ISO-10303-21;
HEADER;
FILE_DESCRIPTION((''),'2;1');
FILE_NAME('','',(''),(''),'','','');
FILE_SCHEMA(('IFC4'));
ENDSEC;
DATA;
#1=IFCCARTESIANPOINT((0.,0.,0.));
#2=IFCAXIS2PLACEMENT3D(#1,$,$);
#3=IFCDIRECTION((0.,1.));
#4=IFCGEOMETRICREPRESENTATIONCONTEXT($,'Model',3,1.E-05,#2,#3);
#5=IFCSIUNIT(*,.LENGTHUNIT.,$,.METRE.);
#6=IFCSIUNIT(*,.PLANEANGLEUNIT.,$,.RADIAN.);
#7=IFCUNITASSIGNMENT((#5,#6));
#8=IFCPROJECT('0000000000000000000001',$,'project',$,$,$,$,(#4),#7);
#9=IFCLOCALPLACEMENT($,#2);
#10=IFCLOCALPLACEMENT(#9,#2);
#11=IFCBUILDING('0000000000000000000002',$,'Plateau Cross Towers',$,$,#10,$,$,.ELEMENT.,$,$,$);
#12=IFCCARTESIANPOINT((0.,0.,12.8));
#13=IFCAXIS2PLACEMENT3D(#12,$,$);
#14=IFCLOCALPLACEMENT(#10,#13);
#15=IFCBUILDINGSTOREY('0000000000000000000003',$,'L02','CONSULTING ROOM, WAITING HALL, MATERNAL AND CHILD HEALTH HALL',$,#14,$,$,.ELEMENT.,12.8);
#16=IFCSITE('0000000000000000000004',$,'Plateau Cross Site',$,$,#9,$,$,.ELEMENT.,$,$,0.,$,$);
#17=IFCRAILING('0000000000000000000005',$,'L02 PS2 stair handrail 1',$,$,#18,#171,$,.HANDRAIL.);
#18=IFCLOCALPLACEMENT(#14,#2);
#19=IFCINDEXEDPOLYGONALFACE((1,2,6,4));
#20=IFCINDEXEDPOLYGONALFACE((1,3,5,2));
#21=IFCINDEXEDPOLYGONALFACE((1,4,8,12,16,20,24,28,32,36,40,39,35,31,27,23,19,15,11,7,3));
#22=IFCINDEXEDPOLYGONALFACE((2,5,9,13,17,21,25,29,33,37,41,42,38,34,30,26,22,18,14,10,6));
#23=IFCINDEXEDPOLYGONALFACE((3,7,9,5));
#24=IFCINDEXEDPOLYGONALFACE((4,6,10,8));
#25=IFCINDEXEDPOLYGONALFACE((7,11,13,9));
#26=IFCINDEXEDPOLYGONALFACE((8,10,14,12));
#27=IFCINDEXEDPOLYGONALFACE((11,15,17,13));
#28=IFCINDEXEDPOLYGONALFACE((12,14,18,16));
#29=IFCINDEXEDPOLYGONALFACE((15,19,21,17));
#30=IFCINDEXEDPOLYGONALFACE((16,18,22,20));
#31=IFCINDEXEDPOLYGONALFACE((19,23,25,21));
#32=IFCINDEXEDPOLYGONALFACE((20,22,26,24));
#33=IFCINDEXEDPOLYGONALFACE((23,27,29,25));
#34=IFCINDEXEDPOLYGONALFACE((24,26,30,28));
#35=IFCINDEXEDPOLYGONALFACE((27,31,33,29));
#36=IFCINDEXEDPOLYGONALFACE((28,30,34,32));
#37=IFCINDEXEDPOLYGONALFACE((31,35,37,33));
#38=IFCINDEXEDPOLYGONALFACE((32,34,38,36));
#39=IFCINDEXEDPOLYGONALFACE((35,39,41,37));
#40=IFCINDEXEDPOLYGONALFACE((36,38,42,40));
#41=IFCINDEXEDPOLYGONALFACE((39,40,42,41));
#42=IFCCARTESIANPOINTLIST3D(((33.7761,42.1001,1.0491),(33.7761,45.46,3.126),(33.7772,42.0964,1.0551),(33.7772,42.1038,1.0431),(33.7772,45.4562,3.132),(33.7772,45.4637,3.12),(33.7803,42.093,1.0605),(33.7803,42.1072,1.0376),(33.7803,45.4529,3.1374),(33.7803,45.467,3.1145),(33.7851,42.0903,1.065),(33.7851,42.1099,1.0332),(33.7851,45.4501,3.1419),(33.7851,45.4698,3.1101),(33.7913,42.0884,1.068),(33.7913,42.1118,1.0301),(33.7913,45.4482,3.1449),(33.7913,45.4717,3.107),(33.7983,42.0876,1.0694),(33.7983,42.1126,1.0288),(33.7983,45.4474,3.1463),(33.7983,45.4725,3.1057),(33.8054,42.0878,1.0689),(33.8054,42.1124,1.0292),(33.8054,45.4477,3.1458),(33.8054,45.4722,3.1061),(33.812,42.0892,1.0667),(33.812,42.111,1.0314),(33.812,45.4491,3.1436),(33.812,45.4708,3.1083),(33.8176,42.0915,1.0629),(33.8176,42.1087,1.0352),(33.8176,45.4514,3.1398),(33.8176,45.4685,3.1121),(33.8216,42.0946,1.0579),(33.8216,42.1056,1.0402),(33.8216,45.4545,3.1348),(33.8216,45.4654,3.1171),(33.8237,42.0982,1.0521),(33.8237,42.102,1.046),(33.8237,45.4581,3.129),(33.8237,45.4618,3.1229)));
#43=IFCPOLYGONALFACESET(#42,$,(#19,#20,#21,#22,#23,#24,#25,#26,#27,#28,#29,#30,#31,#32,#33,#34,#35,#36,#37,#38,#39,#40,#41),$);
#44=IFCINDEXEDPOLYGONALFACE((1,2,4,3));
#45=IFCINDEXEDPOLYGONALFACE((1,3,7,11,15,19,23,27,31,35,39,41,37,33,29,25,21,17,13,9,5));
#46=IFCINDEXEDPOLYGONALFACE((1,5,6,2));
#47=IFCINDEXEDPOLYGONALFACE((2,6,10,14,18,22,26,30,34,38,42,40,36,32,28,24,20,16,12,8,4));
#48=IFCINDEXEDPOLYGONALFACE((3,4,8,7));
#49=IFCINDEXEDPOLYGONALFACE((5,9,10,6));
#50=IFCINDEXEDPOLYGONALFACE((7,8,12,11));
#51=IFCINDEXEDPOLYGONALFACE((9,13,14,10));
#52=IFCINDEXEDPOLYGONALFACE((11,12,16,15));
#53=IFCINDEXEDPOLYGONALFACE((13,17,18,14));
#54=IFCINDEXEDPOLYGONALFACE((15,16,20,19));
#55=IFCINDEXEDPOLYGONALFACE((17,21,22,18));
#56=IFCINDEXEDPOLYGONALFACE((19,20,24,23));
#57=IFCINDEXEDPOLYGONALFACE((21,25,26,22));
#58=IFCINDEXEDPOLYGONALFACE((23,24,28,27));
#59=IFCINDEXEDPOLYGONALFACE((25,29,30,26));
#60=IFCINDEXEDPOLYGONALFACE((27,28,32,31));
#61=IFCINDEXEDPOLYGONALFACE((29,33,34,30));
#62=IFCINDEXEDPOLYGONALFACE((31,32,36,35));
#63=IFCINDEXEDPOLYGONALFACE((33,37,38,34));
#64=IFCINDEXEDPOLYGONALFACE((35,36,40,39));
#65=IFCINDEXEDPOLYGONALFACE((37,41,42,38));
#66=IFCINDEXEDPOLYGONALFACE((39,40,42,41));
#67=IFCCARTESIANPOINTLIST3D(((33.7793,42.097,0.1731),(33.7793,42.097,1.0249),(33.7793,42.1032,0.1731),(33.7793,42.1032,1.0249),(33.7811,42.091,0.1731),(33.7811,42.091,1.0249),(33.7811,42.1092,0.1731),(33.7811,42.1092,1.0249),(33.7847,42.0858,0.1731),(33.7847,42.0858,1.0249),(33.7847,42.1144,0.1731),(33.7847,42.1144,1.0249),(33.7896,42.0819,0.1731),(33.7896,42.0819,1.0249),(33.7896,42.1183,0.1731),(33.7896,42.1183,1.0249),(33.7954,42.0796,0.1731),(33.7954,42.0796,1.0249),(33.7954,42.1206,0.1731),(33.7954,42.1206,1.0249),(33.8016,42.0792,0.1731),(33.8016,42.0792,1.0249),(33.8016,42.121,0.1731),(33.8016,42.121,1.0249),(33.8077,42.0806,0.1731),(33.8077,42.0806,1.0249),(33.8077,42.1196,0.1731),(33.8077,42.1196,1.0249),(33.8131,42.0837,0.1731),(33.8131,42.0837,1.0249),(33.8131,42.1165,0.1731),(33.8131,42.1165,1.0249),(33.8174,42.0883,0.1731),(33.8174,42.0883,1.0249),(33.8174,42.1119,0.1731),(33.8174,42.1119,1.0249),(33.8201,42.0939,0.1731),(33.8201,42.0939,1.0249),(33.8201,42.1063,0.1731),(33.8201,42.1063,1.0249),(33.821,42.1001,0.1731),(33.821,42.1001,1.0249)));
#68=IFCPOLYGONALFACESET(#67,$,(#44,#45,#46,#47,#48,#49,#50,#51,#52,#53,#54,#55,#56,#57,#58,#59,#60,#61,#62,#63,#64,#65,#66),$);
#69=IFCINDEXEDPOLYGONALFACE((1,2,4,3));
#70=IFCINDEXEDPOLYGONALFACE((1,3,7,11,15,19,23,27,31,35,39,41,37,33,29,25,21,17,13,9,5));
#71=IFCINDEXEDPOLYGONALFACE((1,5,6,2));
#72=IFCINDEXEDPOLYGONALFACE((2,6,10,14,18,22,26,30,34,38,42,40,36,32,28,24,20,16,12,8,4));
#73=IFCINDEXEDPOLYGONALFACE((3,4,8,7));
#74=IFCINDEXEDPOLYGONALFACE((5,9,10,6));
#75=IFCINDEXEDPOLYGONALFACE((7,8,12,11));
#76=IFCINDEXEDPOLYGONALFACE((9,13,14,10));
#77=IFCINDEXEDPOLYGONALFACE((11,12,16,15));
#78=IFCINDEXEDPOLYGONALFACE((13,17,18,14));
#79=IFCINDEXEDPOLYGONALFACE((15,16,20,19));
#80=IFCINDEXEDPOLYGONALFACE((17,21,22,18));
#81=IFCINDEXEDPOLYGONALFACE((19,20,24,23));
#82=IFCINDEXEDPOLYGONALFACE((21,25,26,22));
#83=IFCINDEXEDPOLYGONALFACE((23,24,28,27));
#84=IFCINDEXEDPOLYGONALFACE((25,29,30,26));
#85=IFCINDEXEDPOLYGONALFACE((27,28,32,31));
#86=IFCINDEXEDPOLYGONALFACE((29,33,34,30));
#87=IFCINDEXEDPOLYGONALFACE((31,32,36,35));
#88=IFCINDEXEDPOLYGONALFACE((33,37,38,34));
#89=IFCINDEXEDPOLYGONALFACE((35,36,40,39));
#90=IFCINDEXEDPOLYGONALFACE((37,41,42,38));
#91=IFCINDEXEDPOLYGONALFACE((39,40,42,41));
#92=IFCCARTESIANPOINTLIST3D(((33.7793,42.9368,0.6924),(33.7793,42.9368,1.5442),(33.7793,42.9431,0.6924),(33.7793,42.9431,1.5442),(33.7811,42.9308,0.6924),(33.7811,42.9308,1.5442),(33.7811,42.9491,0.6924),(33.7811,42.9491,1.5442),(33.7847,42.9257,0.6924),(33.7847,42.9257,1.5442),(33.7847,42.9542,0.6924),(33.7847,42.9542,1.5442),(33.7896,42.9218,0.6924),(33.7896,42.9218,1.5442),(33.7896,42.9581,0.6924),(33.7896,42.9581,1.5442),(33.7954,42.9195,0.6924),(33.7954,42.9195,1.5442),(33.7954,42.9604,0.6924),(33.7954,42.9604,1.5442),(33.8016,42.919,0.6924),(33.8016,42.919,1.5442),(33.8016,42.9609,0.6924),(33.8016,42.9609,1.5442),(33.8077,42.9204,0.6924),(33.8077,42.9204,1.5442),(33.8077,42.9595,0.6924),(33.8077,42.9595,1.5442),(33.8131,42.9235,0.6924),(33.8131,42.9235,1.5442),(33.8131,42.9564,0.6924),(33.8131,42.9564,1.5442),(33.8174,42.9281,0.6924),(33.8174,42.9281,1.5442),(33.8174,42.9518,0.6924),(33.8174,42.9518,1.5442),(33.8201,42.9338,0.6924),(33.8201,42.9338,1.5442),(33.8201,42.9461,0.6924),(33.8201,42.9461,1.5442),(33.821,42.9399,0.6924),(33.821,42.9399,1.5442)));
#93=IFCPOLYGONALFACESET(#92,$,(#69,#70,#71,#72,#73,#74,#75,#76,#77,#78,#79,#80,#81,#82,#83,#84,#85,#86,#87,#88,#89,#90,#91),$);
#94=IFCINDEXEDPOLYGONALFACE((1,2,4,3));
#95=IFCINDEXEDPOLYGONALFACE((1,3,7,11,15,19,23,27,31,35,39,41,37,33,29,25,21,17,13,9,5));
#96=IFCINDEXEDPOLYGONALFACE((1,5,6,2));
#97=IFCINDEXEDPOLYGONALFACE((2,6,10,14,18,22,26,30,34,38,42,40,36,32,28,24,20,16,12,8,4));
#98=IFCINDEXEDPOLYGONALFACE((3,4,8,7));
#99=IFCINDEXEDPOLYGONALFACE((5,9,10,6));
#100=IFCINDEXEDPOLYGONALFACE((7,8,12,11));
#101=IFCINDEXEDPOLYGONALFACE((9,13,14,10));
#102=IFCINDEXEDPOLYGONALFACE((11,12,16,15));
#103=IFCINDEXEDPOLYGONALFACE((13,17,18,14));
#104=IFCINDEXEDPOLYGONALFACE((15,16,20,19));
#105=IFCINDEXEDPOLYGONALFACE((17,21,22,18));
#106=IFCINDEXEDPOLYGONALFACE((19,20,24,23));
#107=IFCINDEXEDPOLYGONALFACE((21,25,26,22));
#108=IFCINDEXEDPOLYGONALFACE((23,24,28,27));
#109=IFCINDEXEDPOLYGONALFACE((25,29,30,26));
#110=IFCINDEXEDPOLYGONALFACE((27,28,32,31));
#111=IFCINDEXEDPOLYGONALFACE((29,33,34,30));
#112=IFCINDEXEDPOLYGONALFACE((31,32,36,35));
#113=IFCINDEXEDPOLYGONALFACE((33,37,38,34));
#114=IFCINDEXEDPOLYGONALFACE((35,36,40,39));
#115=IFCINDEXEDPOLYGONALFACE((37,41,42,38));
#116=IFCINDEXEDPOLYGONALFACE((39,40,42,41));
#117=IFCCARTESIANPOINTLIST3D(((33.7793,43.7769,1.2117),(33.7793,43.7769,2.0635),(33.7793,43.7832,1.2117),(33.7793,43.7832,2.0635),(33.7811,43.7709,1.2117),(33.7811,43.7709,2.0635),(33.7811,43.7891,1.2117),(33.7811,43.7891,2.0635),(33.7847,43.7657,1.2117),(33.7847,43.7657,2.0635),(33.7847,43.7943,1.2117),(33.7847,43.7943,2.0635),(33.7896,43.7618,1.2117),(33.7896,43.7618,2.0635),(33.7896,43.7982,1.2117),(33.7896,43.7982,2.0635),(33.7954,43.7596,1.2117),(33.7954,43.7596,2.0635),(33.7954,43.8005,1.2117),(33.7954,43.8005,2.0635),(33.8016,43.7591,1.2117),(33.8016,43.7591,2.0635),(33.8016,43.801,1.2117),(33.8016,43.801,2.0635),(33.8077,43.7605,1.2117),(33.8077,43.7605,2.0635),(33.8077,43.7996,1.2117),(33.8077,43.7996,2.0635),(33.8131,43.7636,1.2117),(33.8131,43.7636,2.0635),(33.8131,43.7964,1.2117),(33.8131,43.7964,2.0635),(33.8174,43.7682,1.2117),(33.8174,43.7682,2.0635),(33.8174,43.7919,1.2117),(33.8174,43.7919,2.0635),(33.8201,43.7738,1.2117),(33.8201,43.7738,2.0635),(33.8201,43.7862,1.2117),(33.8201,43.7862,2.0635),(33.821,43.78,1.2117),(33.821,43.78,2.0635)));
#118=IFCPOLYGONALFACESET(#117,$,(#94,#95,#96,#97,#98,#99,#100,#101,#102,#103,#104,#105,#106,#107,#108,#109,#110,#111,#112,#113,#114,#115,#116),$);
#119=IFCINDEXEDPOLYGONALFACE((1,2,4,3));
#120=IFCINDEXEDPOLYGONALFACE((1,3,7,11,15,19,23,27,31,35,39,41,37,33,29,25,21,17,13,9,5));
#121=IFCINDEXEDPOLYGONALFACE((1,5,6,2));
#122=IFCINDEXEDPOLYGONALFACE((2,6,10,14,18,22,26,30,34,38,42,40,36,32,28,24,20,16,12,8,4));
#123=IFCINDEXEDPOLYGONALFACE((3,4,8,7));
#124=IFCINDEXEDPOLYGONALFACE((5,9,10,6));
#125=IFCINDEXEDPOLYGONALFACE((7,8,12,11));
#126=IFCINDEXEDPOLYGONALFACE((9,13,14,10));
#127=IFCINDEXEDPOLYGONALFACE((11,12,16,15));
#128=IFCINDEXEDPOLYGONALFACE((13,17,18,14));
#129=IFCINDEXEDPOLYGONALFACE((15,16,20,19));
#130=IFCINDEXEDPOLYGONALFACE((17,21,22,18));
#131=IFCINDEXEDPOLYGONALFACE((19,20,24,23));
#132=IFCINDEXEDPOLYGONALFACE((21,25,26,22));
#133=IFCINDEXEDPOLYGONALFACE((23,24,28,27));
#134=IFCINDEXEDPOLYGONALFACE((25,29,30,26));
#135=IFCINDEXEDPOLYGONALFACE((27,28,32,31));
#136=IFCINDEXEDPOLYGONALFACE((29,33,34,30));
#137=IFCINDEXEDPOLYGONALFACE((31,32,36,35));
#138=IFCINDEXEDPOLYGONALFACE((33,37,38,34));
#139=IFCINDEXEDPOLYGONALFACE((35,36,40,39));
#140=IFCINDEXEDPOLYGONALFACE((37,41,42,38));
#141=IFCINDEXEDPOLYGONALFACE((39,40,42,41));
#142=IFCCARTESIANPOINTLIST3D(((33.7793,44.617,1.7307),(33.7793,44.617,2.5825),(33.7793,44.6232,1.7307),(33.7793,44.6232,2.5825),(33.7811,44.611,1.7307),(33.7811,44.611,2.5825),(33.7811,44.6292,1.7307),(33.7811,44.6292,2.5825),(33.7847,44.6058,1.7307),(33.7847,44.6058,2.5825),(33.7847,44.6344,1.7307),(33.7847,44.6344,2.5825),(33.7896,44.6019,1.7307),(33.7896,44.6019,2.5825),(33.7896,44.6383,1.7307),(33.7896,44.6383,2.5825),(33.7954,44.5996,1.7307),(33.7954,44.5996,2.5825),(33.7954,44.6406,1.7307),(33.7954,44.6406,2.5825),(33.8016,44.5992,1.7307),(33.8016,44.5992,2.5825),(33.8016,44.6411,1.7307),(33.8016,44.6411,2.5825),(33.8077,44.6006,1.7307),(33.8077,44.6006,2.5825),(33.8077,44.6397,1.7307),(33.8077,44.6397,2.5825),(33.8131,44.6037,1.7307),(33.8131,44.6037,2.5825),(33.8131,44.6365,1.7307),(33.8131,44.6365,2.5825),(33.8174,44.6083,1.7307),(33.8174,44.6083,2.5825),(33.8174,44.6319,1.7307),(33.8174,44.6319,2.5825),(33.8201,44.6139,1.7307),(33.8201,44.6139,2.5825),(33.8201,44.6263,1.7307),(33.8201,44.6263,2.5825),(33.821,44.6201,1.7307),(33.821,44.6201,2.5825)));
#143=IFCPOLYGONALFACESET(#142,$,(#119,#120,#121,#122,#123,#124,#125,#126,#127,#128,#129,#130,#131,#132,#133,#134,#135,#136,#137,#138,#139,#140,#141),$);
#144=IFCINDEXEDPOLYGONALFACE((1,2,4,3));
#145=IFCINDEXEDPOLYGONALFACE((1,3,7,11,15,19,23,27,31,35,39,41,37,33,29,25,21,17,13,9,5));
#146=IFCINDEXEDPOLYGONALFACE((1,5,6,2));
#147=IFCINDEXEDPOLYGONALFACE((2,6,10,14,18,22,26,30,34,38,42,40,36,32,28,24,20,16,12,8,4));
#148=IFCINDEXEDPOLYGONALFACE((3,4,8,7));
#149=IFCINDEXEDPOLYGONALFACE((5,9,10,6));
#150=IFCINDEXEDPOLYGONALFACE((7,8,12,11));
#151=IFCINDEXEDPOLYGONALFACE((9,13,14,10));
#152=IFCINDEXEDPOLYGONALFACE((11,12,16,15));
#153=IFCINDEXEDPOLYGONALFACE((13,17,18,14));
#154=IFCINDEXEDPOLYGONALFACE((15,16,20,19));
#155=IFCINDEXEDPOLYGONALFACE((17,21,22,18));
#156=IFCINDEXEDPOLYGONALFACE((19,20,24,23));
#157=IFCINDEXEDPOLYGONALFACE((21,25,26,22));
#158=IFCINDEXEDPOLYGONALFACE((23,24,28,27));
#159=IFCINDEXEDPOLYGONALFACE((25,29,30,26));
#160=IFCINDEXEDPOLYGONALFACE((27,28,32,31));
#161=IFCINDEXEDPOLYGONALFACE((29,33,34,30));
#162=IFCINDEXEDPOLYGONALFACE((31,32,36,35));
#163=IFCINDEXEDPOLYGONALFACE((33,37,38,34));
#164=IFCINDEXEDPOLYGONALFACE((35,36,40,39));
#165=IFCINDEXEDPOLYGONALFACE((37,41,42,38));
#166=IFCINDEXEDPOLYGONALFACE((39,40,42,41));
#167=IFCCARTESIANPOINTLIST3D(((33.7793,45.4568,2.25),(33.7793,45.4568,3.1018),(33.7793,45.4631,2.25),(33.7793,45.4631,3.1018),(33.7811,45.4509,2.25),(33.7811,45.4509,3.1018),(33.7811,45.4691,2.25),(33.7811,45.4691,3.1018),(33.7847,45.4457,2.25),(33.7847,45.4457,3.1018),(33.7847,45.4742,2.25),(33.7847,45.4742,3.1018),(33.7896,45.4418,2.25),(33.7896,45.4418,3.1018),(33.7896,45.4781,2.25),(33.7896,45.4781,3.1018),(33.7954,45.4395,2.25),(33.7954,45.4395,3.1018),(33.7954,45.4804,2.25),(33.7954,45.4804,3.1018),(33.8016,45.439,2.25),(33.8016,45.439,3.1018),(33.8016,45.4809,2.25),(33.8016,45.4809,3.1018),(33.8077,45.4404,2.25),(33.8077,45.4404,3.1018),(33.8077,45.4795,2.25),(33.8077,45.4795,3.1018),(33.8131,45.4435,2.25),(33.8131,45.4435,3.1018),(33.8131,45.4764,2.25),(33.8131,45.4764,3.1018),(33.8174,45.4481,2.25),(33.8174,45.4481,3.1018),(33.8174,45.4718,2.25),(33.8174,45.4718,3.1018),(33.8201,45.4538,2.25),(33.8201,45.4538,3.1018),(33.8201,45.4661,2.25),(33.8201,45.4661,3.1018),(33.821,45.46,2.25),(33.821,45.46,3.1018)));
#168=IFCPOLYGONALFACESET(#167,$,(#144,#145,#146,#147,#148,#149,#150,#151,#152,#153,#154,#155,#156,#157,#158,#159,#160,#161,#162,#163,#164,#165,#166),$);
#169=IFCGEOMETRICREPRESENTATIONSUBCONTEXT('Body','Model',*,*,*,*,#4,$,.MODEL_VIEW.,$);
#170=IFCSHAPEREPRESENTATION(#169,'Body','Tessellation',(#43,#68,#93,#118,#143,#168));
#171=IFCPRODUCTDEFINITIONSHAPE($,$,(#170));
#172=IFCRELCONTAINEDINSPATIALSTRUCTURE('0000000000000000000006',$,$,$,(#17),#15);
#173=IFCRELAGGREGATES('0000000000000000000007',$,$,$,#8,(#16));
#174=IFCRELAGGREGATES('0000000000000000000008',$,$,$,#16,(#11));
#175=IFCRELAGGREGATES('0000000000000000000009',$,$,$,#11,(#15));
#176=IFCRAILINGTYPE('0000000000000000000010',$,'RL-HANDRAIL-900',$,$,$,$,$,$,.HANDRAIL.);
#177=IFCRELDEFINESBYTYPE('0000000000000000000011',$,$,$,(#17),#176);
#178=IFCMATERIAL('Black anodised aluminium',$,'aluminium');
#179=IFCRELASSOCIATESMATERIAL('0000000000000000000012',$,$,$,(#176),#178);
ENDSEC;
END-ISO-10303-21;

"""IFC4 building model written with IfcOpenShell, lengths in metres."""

from ifc_helpers import new_model, si_unit, direction, frame, origin, origin_2d, place, context, subcontext, project, spatial, circle, extrude, material, type_object, element, save


model = new_model("IFC4")

# Units and contexts
model_context = context("Model", 3, precision=1e-05, world=origin(), true_north=direction((0.0, 1.0)))
body_context = subcontext(model_context, "Body", "Model", "MODEL_VIEW")
ifc_project = project(units=[si_unit("LENGTHUNIT", "METRE"), si_unit("PLANEANGLEUNIT", "RADIAN")], contexts=[model_context])

# Site, building, storey
site_placement = place(None, origin())
site = spatial("IfcSite", under=ifc_project, at=site_placement, Name="Plateau Cross Site", CompositionType="ELEMENT", RefElevation=0.0)
building_placement = place(site_placement, origin())
building = spatial("IfcBuilding", under=site, at=building_placement, Name="Plateau Cross Towers", CompositionType="ELEMENT")
storey_placement = place(building_placement, frame((0.0, 0.0, 12.8)))
storey = spatial("IfcBuildingStorey", under=building, at=storey_placement, Name="L02", Description="CONSULTING ROOM, WAITING HALL, MATERNAL AND CHILD HEALTH HALL", CompositionType="ELEMENT", Elevation=12.8)

# Shared definitions
ifc_material_1 = material(Name="Black anodised aluminium", Category="aluminium")

# Railing
railing_type_1 = type_object("IfcRailingType", Name="RL-HANDRAIL-900", PredefinedType="HANDRAIL", material=ifc_material_1)
railing_1_placement = place(storey_placement, frame((33.8, 42.1001, 0.1731)))
element("IfcRailing", 1, at=railing_1_placement, inside=storey, type_object=railing_type_1, Name="L02 PS2 stair handrail 1", PredefinedType="HANDRAIL", context=body_context, shape_type="SweptSolid", body=[
    extrude(circle(Radius=0.0239, at=origin_2d()), frame((0.0, 0.0, 0.876), z_axis=(0.0, 0.850606, 0.525803), x_axis=(-1.0, 0.0, 0.0)), (0.0, 0.0, 1.0), 3.95),
    extrude(circle(Radius=0.021, at=origin_2d()), origin(), (0.0, 0.0, 1.0), 0.8518),
    extrude(circle(Radius=0.021, at=origin_2d()), frame((0.0, 0.8398, 0.5193)), (0.0, 0.0, 1.0), 0.8518),
    extrude(circle(Radius=0.021, at=origin_2d()), frame((0.0, 1.6799, 1.0386)), (0.0, 0.0, 1.0), 0.8518),
    extrude(circle(Radius=0.021, at=origin_2d()), frame((0.0, 2.52, 1.5576)), (0.0, 0.0, 1.0), 0.8518),
    extrude(circle(Radius=0.021, at=origin_2d()), frame((0.0, 3.3599, 2.0769)), (0.0, 0.0, 1.0), 0.8518),
])

save(model, "model.ifc")
